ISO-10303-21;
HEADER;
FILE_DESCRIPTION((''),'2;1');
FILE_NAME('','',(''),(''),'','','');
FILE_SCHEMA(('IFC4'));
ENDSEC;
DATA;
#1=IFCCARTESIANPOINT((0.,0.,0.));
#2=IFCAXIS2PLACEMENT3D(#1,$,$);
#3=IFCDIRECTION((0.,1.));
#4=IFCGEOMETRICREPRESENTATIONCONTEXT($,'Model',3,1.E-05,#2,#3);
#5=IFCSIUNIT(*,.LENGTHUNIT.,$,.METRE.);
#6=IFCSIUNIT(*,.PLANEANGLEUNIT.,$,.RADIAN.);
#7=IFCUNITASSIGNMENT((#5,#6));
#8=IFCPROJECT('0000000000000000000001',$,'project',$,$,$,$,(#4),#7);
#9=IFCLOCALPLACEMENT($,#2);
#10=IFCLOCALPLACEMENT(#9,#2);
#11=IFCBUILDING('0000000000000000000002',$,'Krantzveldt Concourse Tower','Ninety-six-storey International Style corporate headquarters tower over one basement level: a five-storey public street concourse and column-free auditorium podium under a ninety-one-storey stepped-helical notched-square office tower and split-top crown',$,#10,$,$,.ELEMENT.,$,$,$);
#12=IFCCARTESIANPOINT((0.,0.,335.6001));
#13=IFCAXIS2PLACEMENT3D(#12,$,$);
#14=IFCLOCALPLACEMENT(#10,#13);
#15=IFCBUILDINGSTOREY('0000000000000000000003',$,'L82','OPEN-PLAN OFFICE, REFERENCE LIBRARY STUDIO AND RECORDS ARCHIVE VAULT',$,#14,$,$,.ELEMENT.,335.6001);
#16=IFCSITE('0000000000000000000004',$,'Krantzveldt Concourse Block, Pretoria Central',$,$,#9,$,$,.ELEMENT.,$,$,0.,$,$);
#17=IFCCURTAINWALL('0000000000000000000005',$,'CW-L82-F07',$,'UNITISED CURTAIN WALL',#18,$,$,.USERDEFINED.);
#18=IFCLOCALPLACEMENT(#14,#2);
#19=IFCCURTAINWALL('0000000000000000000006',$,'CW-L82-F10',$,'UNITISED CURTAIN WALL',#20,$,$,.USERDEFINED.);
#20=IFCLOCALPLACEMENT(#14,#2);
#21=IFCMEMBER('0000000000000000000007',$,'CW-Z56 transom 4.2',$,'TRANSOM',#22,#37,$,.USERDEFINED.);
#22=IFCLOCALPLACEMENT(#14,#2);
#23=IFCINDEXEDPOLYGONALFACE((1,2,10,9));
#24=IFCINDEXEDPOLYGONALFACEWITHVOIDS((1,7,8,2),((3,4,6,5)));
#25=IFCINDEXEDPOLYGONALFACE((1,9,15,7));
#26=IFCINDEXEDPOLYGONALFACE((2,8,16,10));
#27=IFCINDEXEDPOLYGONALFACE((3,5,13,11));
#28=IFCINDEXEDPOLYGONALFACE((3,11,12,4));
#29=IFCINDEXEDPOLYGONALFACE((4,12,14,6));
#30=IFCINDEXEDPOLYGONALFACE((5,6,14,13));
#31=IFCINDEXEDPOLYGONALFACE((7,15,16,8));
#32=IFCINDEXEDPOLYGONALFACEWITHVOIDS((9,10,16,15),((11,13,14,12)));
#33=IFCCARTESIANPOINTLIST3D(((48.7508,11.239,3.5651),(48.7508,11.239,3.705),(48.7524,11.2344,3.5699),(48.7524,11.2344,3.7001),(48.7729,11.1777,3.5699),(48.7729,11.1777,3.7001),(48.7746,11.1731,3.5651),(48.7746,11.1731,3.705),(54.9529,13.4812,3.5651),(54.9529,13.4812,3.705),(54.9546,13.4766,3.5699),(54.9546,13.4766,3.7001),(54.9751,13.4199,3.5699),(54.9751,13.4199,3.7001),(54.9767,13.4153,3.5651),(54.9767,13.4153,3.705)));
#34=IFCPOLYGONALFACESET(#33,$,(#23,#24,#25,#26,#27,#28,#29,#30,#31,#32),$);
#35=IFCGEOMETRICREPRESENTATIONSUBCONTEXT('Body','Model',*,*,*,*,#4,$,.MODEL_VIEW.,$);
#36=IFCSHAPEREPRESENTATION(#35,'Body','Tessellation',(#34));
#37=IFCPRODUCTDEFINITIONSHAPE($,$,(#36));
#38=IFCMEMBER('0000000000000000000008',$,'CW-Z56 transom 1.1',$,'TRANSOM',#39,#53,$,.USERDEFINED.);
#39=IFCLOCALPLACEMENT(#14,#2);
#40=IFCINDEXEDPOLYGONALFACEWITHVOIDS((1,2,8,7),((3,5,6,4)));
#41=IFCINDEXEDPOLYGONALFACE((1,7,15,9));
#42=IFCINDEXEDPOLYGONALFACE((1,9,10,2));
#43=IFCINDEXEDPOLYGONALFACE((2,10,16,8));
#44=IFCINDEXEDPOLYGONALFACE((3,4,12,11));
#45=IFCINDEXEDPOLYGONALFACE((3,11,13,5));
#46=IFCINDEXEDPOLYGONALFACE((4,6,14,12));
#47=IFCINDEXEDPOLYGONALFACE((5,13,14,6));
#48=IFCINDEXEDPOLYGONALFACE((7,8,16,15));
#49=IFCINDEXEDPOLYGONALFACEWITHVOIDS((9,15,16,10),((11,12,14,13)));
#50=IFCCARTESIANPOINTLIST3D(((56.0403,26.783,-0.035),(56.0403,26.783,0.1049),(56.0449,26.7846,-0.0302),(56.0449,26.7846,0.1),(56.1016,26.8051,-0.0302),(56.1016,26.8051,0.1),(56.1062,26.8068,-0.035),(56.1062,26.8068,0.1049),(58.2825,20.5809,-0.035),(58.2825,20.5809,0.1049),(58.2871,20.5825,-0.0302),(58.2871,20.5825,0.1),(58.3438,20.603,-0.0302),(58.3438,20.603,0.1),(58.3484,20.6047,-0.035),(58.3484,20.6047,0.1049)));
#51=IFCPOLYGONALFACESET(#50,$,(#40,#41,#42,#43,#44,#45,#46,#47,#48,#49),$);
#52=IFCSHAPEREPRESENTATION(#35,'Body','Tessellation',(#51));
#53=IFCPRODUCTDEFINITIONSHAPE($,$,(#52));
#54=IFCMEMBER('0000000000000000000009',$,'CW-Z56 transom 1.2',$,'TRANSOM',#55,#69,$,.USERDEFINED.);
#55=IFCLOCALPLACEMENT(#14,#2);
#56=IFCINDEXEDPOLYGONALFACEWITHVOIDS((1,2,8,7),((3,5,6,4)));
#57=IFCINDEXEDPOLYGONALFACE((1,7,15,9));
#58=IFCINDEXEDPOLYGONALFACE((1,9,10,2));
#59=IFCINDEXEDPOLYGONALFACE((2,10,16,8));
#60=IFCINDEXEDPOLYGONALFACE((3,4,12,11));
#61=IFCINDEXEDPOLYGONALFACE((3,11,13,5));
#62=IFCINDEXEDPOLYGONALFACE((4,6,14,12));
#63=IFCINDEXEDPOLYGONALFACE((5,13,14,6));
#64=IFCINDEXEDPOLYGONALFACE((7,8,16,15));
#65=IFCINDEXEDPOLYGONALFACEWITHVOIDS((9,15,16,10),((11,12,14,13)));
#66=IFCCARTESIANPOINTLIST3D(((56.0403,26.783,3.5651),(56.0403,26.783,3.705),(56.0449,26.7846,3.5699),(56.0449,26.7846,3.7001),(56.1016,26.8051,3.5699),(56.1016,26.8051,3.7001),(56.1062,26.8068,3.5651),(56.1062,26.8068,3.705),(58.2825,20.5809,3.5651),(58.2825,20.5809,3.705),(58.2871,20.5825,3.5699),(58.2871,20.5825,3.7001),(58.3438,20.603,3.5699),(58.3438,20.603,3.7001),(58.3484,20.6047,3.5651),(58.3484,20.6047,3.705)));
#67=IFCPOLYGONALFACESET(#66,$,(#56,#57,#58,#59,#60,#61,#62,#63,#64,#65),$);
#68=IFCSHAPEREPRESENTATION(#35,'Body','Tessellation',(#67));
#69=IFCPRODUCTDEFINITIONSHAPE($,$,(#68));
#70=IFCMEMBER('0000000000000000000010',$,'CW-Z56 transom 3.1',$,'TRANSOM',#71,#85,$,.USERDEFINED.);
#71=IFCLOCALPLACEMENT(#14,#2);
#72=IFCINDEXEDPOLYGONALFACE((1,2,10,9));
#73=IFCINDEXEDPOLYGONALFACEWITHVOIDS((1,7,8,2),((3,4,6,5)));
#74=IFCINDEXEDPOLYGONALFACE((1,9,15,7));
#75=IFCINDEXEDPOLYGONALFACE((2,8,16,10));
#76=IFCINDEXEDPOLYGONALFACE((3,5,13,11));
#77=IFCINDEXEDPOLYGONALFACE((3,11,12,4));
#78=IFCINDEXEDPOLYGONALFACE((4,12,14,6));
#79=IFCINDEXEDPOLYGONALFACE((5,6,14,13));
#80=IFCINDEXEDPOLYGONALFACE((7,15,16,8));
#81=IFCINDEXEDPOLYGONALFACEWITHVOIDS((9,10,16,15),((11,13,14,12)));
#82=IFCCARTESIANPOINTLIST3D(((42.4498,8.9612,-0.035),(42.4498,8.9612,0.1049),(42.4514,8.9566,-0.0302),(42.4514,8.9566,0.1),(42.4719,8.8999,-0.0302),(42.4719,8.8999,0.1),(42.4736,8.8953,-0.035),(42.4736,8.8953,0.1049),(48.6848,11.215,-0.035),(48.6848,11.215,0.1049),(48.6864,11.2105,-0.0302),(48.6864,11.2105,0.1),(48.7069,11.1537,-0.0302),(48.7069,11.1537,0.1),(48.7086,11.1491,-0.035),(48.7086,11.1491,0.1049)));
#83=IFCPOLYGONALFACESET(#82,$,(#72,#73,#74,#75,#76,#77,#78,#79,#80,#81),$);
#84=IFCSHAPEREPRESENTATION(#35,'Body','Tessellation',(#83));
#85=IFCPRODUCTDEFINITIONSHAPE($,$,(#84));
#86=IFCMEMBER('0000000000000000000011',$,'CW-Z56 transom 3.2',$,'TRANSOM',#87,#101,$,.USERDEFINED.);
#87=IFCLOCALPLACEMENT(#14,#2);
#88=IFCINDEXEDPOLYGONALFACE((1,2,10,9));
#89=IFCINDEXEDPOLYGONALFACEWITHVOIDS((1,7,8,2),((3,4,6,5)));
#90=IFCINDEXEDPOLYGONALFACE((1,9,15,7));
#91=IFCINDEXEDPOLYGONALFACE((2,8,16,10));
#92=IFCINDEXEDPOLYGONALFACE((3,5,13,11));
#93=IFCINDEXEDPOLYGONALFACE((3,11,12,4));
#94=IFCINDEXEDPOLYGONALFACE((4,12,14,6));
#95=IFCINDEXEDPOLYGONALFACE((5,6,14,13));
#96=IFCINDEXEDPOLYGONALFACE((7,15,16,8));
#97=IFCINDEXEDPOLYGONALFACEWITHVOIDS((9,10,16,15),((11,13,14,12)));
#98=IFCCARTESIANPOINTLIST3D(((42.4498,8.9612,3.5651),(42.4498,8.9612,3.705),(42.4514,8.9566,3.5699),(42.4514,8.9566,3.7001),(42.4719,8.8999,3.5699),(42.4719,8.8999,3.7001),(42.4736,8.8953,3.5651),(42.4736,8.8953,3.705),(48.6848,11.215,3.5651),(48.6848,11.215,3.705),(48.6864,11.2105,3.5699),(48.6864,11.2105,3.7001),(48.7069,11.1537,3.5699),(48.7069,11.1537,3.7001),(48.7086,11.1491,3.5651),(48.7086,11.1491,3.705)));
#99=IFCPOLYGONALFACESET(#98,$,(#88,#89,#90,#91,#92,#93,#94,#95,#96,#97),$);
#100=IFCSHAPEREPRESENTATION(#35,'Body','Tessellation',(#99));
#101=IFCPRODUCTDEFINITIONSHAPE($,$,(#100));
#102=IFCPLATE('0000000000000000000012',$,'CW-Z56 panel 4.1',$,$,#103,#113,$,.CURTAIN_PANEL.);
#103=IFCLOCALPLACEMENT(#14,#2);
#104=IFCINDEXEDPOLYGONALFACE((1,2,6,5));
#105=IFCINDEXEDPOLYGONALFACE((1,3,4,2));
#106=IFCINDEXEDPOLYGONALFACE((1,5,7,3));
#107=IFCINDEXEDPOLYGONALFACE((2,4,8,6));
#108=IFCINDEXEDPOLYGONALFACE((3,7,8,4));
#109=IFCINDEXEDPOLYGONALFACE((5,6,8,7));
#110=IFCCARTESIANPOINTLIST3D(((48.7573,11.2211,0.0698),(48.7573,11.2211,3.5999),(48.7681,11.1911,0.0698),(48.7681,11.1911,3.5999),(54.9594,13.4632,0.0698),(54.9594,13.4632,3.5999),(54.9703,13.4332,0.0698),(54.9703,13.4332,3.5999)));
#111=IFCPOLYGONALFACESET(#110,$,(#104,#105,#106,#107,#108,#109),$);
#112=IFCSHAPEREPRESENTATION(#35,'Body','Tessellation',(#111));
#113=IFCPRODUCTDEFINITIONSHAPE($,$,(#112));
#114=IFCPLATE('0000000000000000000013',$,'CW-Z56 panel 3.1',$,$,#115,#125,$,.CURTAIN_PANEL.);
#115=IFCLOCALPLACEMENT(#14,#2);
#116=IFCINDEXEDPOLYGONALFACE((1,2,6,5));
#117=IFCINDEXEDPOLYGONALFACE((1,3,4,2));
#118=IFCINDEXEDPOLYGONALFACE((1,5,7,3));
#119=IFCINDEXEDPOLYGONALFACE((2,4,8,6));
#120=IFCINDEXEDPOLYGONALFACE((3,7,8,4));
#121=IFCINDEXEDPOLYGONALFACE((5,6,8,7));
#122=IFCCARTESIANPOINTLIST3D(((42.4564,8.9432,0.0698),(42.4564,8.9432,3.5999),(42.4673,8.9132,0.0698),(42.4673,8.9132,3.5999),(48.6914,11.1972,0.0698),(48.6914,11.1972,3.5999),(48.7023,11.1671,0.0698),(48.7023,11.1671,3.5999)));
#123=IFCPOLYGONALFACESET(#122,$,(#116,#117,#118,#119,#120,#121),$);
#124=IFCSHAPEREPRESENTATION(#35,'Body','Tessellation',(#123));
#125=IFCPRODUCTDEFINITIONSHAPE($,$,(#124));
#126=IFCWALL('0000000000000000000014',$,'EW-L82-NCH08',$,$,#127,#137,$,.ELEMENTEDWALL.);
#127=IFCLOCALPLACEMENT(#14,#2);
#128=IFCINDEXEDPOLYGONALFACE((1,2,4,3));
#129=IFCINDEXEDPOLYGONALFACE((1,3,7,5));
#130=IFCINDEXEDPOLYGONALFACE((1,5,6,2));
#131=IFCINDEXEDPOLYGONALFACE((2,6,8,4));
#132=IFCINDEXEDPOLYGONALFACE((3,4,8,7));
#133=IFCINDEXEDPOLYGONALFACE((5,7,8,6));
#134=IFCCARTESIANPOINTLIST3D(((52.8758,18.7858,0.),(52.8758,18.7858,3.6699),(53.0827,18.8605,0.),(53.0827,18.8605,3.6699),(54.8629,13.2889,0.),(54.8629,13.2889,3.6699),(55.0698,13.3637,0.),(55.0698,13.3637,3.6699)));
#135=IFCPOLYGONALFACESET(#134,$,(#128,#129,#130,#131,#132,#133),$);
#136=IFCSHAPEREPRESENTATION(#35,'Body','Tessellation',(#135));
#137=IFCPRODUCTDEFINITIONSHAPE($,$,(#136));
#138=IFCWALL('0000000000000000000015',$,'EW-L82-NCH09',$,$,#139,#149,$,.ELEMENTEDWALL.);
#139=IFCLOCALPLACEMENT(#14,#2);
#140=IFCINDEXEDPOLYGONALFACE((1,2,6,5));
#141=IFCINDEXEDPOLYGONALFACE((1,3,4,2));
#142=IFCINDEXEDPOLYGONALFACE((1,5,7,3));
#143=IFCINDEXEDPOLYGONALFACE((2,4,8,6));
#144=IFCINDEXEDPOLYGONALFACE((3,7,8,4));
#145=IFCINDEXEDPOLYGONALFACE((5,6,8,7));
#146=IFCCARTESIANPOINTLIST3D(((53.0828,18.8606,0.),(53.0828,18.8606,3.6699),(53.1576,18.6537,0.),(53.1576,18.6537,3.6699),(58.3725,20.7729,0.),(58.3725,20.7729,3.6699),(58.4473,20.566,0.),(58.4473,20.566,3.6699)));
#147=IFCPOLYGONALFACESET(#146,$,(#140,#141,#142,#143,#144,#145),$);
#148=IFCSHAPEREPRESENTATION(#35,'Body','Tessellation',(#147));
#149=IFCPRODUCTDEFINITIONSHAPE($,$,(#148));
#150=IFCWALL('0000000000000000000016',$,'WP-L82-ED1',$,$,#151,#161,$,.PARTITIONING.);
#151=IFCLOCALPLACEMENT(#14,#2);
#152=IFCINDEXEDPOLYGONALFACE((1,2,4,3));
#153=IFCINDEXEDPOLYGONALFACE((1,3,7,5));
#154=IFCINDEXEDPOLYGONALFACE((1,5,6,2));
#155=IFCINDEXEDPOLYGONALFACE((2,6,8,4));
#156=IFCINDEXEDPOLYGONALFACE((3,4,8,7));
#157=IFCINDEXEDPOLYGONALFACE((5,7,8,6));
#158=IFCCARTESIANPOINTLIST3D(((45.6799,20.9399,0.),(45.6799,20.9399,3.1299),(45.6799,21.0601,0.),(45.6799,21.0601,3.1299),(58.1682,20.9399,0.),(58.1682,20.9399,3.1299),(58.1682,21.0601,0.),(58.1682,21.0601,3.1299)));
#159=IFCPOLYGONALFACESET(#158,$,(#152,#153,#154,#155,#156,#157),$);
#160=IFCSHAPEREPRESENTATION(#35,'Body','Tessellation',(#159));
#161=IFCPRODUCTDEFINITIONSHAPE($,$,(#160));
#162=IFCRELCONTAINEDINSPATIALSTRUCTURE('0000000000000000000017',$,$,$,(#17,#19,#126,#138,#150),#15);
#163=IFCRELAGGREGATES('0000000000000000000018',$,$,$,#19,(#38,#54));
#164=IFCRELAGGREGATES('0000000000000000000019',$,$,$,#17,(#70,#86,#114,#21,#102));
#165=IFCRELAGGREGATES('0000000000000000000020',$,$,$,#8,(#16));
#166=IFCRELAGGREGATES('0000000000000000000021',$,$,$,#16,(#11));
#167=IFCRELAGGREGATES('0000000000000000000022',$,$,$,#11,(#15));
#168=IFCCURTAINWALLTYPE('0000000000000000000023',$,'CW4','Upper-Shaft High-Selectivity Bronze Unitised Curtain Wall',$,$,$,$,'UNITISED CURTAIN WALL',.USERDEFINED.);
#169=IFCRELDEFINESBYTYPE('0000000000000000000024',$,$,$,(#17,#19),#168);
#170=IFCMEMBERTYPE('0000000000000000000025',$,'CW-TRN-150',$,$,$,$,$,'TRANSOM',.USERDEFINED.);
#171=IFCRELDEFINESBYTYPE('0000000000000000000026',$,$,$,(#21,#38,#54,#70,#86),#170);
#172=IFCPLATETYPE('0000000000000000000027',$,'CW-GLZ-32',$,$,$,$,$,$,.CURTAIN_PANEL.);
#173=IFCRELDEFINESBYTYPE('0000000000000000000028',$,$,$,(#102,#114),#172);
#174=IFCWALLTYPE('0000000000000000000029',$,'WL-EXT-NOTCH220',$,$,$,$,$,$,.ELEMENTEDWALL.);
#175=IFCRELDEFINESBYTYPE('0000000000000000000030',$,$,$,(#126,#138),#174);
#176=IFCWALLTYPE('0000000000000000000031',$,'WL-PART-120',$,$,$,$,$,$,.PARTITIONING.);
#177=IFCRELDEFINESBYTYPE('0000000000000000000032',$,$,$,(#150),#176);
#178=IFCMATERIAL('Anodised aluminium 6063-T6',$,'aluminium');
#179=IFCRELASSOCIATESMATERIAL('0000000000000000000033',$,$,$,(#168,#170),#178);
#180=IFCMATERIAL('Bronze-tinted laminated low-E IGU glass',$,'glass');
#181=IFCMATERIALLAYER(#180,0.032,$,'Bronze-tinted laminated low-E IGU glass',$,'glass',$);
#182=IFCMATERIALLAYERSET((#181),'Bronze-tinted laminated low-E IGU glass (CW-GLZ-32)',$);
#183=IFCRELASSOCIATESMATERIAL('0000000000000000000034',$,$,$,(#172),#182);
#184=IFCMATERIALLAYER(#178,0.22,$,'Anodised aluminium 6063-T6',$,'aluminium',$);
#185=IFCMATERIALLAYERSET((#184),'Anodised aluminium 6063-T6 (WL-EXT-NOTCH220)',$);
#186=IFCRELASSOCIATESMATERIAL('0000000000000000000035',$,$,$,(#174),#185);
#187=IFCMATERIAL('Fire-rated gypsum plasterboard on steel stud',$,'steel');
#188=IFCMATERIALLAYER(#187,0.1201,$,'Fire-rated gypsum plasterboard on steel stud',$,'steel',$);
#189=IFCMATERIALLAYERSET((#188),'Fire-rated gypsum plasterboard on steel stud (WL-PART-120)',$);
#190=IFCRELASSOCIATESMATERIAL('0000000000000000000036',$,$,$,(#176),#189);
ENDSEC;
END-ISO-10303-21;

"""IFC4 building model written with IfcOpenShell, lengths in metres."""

from ifc_helpers import new_model, si_unit, direction, frame, frame_2d, origin, origin_2d, place, context, subcontext, project, spatial, rectangle, hollow_rectangle, extrude, source, transform, mapped, material, layer, layer_set, material_profile, profile_set, type_object, type_shapes, element, aggregate, save


model = new_model("IFC4")

# Units and contexts
model_context = context("Model", 3, precision=1e-05, world=origin(), true_north=direction((0.0, 1.0)))
body_context = subcontext(model_context, "Body", "Model", "MODEL_VIEW")
ifc_project = project(units=[si_unit("LENGTHUNIT", "METRE"), si_unit("PLANEANGLEUNIT", "RADIAN")], contexts=[model_context])

# Site, building, storey
site_placement = place(None, origin())
site = spatial("IfcSite", under=ifc_project, at=site_placement, Name="Krantzveldt Concourse Block, Pretoria Central", CompositionType="ELEMENT", RefElevation=0.0)
building_placement = place(site_placement, origin())
building = spatial("IfcBuilding", under=site, at=building_placement, Name="Krantzveldt Concourse Tower", Description="Ninety-six-storey International Style corporate headquarters tower over one basement level: a five-storey public street concourse and column-free auditorium podium under a ninety-one-storey stepped-helical notched-square office tower and split-top crown", CompositionType="ELEMENT")
storey_placement = place(building_placement, frame((0.0, 0.0, 335.6001)))
storey = spatial("IfcBuildingStorey", under=building, at=storey_placement, Name="L82", Description="OPEN-PLAN OFFICE, REFERENCE LIBRARY STUDIO AND RECORDS ARCHIVE VAULT", CompositionType="ELEMENT", Elevation=335.6001)

# Curtain wall
ifc_material_1 = material(Name="Anodised aluminium 6063-T6", Category="aluminium")
curtain_wall_type = type_object("IfcCurtainWallType", Name="CW4", Description="Upper-Shaft High-Selectivity Bronze Unitised Curtain Wall", ElementType="UNITISED CURTAIN WALL", PredefinedType="USERDEFINED", material=ifc_material_1)
curtain_wall_1_placement = place(storey_placement, origin())
curtain_wall_1 = element("IfcCurtainWall", 1, at=curtain_wall_1_placement, inside=storey, type_object=curtain_wall_type, Name="CW-L82-F07", ObjectType="UNITISED CURTAIN WALL", PredefinedType="USERDEFINED")

# Curtain wall
curtain_wall_2_placement = place(storey_placement, origin())
curtain_wall_2 = element("IfcCurtainWall", 2, at=curtain_wall_2_placement, inside=storey, type_object=curtain_wall_type, Name="CW-L82-F10", ObjectType="UNITISED CURTAIN WALL", PredefinedType="USERDEFINED")

# Members
ifc_material_profile_1 = material_profile(ifc_material_1, hollow_rectangle(XDim=0.0701, YDim=0.1399, WallThickness=0.0049, at=origin_2d()), Name="Anodised aluminium 6063-T6", Category="aluminium")
ifc_profile_set_1 = profile_set([ifc_material_profile_1], Name="Anodised aluminium 6063-T6 - ALU-TRAN 140x70x5")
member_type_1 = type_object("IfcMemberType", Name="CW-TRN-150", ElementType="TRANSOM", PredefinedType="USERDEFINED", material=ifc_profile_set_1)
shared_shape_1 = source(origin(), body_context, "Body", "SweptSolid", [
    extrude(hollow_rectangle(XDim=0.0701, YDim=0.1399, WallThickness=0.0049, at=origin_2d()), origin(), (0.0, 0.0, 1.0), 6.595),
])
member_1_placement = place(storey_placement, frame((48.7627, 11.2061, 3.635), z_axis=(0.940432, 0.339983, 0.0), x_axis=(-0.339983, 0.940432, 0.0)))
member_1 = element("IfcMember", 3, at=member_1_placement, type_object=member_type_1, Name="CW-Z56 transom 4.2", ObjectType="TRANSOM", PredefinedType="USERDEFINED", context=body_context, shape_type="MappedRepresentation", body=[
    mapped(shared_shape_1, transform((0.0, 0.0, 0.0), x_axis=(1.0, 0.0, 0.0), y_axis=(0.0, 1.0, 0.0), z_axis=(0.0, 0.0, 1.0), scale=1.0)),
])
member_2_placement = place(storey_placement, frame((58.3154, 20.5928, 0.0349), z_axis=(-0.339983, 0.940432, 0.0), x_axis=(-0.940432, -0.339983, 0.0)))
member_2 = element("IfcMember", 4, at=member_2_placement, type_object=member_type_1, Name="CW-Z56 transom 1.1", ObjectType="TRANSOM", PredefinedType="USERDEFINED", context=body_context, shape_type="MappedRepresentation", body=[
    mapped(shared_shape_1, transform((0.0, 0.0, 0.0), x_axis=(1.0, 0.0, 0.0), y_axis=(0.0, 1.0, 0.0), z_axis=(0.0, 0.0, 1.0), scale=1.0)),
])
member_3_placement = place(storey_placement, frame((58.3154, 20.5928, 3.635), z_axis=(-0.339983, 0.940432, 0.0), x_axis=(-0.940432, -0.339983, 0.0)))
member_3 = element("IfcMember", 5, at=member_3_placement, type_object=member_type_1, Name="CW-Z56 transom 1.2", ObjectType="TRANSOM", PredefinedType="USERDEFINED", context=body_context, shape_type="MappedRepresentation", body=[
    mapped(shared_shape_1, transform((0.0, 0.0, 0.0), x_axis=(1.0, 0.0, 0.0), y_axis=(0.0, 1.0, 0.0), z_axis=(0.0, 0.0, 1.0), scale=1.0)),
])
aggregate(curtain_wall_2, [member_2, member_3])
shared_shape_2 = source(origin(), body_context, "Body", "SweptSolid", [
    extrude(hollow_rectangle(XDim=0.0701, YDim=0.1399, WallThickness=0.0049, at=origin_2d()), origin(), (0.0, 0.0, 1.0), 6.6299),
])
type_shapes(member_type_1, [shared_shape_1, shared_shape_2])
member_4_placement = place(storey_placement, frame((42.4617, 8.9282, 0.0349), z_axis=(0.940441, 0.339957, 0.0), x_axis=(-0.339957, 0.940441, 0.0)))
member_4 = element("IfcMember", 6, at=member_4_placement, type_object=member_type_1, Name="CW-Z56 transom 3.1", ObjectType="TRANSOM", PredefinedType="USERDEFINED", context=body_context, shape_type="MappedRepresentation", body=[
    mapped(shared_shape_2, transform((0.0, 0.0, 0.0), x_axis=(1.0, 0.0, 0.0), y_axis=(0.0, 1.0, 0.0), z_axis=(0.0, 0.0, 1.0), scale=1.0)),
])
member_5_placement = place(storey_placement, frame((42.4617, 8.9282, 3.635), z_axis=(0.940441, 0.339957, 0.0), x_axis=(-0.339957, 0.940441, 0.0)))
member_5 = element("IfcMember", 7, at=member_5_placement, type_object=member_type_1, Name="CW-Z56 transom 3.2", ObjectType="TRANSOM", PredefinedType="USERDEFINED", context=body_context, shape_type="MappedRepresentation", body=[
    mapped(shared_shape_2, transform((0.0, 0.0, 0.0), x_axis=(1.0, 0.0, 0.0), y_axis=(0.0, 1.0, 0.0), z_axis=(0.0, 0.0, 1.0), scale=1.0)),
])

# Plates
ifc_material_2 = material(Name="Bronze-tinted laminated low-E IGU glass", Category="glass")
ifc_layer_1 = layer(ifc_material_2, 0.032, Name="Bronze-tinted laminated low-E IGU glass", Category="glass")
ifc_layer_set_1 = layer_set([ifc_layer_1], Name="Bronze-tinted laminated low-E IGU glass (CW-GLZ-32)")
plate_type = type_object("IfcPlateType", Name="CW-GLZ-32", PredefinedType="CURTAIN_PANEL", material=ifc_layer_set_1)
shared_shape_3 = source(origin(), body_context, "Body", "SweptSolid", [
    extrude(rectangle(XDim=6.595, YDim=0.032, at=origin_2d()), origin(), (0.0, 0.0, 1.0), 3.53),
])
plate_1_placement = place(storey_placement, frame((51.8638, 12.3271, 0.0698), z_axis=(0.0, 0.0, 1.0), x_axis=(0.940437, 0.339969, 0.0)))
plate_1 = element("IfcPlate", 8, at=plate_1_placement, type_object=plate_type, Name="CW-Z56 panel 4.1", PredefinedType="CURTAIN_PANEL", context=body_context, shape_type="MappedRepresentation", body=[
    mapped(shared_shape_3, transform((0.0, 0.0, 0.0), x_axis=(1.0, 0.0, 0.0), y_axis=(0.0, 1.0, 0.0), z_axis=(0.0, 0.0, 1.0), scale=1.0)),
])
shared_shape_4 = source(origin(), body_context, "Body", "SweptSolid", [
    extrude(rectangle(XDim=6.6299, YDim=0.032, at=origin_2d()), origin(), (0.0, 0.0, 1.0), 3.53),
])
type_shapes(plate_type, [shared_shape_3, shared_shape_4])
plate_2_placement = place(storey_placement, frame((45.5793, 10.0552, 0.0698), z_axis=(0.0, 0.0, 1.0), x_axis=(0.940437, 0.339969, 0.0)))
plate_2 = element("IfcPlate", 9, at=plate_2_placement, type_object=plate_type, Name="CW-Z56 panel 3.1", PredefinedType="CURTAIN_PANEL", context=body_context, shape_type="MappedRepresentation", body=[
    mapped(shared_shape_4, transform((0.0, 0.0, 0.0), x_axis=(1.0, 0.0, 0.0), y_axis=(0.0, 1.0, 0.0), z_axis=(0.0, 0.0, 1.0), scale=1.0)),
])
aggregate(curtain_wall_1, [member_4, member_5, plate_2, member_1, plate_1])

# Walls
ifc_layer_2 = layer(ifc_material_1, 0.22, Name="Anodised aluminium 6063-T6", Category="aluminium")
ifc_layer_set_2 = layer_set([ifc_layer_2], Name="Anodised aluminium 6063-T6 (WL-EXT-NOTCH220)")
wall_type_1 = type_object("IfcWallType", Name="WL-EXT-NOTCH220", PredefinedType="ELEMENTEDWALL", material=ifc_layer_set_2)
wall_1_placement = place(storey_placement, frame((54.9663, 13.3264, 0.0), z_axis=(0.0, 0.0, 1.0), x_axis=(-0.339962, 0.940439, 0.0)))
element("IfcWall", 10, at=wall_1_placement, inside=storey, type_object=wall_type_1, Name="EW-L82-NCH08", PredefinedType="ELEMENTEDWALL", context=body_context, shape_type="SweptSolid", body=[
    extrude(rectangle(XDim=5.845, YDim=0.22, at=frame_2d((2.9224, 0.0))), origin(), (0.0, 0.0, 1.0), 3.6699),
])
wall_2_placement = place(storey_placement, frame((53.1201, 18.7571, 0.0), z_axis=(0.0, 0.0, 1.0), x_axis=(0.940432, 0.339983, 0.0)))
element("IfcWall", 11, at=wall_2_placement, inside=storey, type_object=wall_type_1, Name="EW-L82-NCH09", PredefinedType="ELEMENTEDWALL", context=body_context, shape_type="SweptSolid", body=[
    extrude(rectangle(XDim=5.6248, YDim=0.22, at=frame_2d((2.8125, 0.0))), origin(), (0.0, 0.0, 1.0), 3.6699),
])
ifc_material_3 = material(Name="Fire-rated gypsum plasterboard on steel stud", Category="steel")
ifc_layer_3 = layer(ifc_material_3, 0.1201, Name="Fire-rated gypsum plasterboard on steel stud", Category="steel")
ifc_layer_set_3 = layer_set([ifc_layer_3], Name="Fire-rated gypsum plasterboard on steel stud (WL-PART-120)")
wall_type_2 = type_object("IfcWallType", Name="WL-PART-120", PredefinedType="PARTITIONING", material=ifc_layer_set_3)
wall_3_placement = place(storey_placement, frame((45.6799, 21.0, 0.0), z_axis=(0.0, 0.0, 1.0), x_axis=(1.0, 0.0, 0.0)))
element("IfcWall", 12, at=wall_3_placement, inside=storey, type_object=wall_type_2, Name="WP-L82-ED1", PredefinedType="PARTITIONING", context=body_context, shape_type="SweptSolid", body=[
    extrude(rectangle(XDim=12.4883, YDim=0.1201, at=frame_2d((6.2441, 0.0))), origin(), (0.0, 0.0, 1.0), 3.1299),
])

save(model, "model.ifc")
